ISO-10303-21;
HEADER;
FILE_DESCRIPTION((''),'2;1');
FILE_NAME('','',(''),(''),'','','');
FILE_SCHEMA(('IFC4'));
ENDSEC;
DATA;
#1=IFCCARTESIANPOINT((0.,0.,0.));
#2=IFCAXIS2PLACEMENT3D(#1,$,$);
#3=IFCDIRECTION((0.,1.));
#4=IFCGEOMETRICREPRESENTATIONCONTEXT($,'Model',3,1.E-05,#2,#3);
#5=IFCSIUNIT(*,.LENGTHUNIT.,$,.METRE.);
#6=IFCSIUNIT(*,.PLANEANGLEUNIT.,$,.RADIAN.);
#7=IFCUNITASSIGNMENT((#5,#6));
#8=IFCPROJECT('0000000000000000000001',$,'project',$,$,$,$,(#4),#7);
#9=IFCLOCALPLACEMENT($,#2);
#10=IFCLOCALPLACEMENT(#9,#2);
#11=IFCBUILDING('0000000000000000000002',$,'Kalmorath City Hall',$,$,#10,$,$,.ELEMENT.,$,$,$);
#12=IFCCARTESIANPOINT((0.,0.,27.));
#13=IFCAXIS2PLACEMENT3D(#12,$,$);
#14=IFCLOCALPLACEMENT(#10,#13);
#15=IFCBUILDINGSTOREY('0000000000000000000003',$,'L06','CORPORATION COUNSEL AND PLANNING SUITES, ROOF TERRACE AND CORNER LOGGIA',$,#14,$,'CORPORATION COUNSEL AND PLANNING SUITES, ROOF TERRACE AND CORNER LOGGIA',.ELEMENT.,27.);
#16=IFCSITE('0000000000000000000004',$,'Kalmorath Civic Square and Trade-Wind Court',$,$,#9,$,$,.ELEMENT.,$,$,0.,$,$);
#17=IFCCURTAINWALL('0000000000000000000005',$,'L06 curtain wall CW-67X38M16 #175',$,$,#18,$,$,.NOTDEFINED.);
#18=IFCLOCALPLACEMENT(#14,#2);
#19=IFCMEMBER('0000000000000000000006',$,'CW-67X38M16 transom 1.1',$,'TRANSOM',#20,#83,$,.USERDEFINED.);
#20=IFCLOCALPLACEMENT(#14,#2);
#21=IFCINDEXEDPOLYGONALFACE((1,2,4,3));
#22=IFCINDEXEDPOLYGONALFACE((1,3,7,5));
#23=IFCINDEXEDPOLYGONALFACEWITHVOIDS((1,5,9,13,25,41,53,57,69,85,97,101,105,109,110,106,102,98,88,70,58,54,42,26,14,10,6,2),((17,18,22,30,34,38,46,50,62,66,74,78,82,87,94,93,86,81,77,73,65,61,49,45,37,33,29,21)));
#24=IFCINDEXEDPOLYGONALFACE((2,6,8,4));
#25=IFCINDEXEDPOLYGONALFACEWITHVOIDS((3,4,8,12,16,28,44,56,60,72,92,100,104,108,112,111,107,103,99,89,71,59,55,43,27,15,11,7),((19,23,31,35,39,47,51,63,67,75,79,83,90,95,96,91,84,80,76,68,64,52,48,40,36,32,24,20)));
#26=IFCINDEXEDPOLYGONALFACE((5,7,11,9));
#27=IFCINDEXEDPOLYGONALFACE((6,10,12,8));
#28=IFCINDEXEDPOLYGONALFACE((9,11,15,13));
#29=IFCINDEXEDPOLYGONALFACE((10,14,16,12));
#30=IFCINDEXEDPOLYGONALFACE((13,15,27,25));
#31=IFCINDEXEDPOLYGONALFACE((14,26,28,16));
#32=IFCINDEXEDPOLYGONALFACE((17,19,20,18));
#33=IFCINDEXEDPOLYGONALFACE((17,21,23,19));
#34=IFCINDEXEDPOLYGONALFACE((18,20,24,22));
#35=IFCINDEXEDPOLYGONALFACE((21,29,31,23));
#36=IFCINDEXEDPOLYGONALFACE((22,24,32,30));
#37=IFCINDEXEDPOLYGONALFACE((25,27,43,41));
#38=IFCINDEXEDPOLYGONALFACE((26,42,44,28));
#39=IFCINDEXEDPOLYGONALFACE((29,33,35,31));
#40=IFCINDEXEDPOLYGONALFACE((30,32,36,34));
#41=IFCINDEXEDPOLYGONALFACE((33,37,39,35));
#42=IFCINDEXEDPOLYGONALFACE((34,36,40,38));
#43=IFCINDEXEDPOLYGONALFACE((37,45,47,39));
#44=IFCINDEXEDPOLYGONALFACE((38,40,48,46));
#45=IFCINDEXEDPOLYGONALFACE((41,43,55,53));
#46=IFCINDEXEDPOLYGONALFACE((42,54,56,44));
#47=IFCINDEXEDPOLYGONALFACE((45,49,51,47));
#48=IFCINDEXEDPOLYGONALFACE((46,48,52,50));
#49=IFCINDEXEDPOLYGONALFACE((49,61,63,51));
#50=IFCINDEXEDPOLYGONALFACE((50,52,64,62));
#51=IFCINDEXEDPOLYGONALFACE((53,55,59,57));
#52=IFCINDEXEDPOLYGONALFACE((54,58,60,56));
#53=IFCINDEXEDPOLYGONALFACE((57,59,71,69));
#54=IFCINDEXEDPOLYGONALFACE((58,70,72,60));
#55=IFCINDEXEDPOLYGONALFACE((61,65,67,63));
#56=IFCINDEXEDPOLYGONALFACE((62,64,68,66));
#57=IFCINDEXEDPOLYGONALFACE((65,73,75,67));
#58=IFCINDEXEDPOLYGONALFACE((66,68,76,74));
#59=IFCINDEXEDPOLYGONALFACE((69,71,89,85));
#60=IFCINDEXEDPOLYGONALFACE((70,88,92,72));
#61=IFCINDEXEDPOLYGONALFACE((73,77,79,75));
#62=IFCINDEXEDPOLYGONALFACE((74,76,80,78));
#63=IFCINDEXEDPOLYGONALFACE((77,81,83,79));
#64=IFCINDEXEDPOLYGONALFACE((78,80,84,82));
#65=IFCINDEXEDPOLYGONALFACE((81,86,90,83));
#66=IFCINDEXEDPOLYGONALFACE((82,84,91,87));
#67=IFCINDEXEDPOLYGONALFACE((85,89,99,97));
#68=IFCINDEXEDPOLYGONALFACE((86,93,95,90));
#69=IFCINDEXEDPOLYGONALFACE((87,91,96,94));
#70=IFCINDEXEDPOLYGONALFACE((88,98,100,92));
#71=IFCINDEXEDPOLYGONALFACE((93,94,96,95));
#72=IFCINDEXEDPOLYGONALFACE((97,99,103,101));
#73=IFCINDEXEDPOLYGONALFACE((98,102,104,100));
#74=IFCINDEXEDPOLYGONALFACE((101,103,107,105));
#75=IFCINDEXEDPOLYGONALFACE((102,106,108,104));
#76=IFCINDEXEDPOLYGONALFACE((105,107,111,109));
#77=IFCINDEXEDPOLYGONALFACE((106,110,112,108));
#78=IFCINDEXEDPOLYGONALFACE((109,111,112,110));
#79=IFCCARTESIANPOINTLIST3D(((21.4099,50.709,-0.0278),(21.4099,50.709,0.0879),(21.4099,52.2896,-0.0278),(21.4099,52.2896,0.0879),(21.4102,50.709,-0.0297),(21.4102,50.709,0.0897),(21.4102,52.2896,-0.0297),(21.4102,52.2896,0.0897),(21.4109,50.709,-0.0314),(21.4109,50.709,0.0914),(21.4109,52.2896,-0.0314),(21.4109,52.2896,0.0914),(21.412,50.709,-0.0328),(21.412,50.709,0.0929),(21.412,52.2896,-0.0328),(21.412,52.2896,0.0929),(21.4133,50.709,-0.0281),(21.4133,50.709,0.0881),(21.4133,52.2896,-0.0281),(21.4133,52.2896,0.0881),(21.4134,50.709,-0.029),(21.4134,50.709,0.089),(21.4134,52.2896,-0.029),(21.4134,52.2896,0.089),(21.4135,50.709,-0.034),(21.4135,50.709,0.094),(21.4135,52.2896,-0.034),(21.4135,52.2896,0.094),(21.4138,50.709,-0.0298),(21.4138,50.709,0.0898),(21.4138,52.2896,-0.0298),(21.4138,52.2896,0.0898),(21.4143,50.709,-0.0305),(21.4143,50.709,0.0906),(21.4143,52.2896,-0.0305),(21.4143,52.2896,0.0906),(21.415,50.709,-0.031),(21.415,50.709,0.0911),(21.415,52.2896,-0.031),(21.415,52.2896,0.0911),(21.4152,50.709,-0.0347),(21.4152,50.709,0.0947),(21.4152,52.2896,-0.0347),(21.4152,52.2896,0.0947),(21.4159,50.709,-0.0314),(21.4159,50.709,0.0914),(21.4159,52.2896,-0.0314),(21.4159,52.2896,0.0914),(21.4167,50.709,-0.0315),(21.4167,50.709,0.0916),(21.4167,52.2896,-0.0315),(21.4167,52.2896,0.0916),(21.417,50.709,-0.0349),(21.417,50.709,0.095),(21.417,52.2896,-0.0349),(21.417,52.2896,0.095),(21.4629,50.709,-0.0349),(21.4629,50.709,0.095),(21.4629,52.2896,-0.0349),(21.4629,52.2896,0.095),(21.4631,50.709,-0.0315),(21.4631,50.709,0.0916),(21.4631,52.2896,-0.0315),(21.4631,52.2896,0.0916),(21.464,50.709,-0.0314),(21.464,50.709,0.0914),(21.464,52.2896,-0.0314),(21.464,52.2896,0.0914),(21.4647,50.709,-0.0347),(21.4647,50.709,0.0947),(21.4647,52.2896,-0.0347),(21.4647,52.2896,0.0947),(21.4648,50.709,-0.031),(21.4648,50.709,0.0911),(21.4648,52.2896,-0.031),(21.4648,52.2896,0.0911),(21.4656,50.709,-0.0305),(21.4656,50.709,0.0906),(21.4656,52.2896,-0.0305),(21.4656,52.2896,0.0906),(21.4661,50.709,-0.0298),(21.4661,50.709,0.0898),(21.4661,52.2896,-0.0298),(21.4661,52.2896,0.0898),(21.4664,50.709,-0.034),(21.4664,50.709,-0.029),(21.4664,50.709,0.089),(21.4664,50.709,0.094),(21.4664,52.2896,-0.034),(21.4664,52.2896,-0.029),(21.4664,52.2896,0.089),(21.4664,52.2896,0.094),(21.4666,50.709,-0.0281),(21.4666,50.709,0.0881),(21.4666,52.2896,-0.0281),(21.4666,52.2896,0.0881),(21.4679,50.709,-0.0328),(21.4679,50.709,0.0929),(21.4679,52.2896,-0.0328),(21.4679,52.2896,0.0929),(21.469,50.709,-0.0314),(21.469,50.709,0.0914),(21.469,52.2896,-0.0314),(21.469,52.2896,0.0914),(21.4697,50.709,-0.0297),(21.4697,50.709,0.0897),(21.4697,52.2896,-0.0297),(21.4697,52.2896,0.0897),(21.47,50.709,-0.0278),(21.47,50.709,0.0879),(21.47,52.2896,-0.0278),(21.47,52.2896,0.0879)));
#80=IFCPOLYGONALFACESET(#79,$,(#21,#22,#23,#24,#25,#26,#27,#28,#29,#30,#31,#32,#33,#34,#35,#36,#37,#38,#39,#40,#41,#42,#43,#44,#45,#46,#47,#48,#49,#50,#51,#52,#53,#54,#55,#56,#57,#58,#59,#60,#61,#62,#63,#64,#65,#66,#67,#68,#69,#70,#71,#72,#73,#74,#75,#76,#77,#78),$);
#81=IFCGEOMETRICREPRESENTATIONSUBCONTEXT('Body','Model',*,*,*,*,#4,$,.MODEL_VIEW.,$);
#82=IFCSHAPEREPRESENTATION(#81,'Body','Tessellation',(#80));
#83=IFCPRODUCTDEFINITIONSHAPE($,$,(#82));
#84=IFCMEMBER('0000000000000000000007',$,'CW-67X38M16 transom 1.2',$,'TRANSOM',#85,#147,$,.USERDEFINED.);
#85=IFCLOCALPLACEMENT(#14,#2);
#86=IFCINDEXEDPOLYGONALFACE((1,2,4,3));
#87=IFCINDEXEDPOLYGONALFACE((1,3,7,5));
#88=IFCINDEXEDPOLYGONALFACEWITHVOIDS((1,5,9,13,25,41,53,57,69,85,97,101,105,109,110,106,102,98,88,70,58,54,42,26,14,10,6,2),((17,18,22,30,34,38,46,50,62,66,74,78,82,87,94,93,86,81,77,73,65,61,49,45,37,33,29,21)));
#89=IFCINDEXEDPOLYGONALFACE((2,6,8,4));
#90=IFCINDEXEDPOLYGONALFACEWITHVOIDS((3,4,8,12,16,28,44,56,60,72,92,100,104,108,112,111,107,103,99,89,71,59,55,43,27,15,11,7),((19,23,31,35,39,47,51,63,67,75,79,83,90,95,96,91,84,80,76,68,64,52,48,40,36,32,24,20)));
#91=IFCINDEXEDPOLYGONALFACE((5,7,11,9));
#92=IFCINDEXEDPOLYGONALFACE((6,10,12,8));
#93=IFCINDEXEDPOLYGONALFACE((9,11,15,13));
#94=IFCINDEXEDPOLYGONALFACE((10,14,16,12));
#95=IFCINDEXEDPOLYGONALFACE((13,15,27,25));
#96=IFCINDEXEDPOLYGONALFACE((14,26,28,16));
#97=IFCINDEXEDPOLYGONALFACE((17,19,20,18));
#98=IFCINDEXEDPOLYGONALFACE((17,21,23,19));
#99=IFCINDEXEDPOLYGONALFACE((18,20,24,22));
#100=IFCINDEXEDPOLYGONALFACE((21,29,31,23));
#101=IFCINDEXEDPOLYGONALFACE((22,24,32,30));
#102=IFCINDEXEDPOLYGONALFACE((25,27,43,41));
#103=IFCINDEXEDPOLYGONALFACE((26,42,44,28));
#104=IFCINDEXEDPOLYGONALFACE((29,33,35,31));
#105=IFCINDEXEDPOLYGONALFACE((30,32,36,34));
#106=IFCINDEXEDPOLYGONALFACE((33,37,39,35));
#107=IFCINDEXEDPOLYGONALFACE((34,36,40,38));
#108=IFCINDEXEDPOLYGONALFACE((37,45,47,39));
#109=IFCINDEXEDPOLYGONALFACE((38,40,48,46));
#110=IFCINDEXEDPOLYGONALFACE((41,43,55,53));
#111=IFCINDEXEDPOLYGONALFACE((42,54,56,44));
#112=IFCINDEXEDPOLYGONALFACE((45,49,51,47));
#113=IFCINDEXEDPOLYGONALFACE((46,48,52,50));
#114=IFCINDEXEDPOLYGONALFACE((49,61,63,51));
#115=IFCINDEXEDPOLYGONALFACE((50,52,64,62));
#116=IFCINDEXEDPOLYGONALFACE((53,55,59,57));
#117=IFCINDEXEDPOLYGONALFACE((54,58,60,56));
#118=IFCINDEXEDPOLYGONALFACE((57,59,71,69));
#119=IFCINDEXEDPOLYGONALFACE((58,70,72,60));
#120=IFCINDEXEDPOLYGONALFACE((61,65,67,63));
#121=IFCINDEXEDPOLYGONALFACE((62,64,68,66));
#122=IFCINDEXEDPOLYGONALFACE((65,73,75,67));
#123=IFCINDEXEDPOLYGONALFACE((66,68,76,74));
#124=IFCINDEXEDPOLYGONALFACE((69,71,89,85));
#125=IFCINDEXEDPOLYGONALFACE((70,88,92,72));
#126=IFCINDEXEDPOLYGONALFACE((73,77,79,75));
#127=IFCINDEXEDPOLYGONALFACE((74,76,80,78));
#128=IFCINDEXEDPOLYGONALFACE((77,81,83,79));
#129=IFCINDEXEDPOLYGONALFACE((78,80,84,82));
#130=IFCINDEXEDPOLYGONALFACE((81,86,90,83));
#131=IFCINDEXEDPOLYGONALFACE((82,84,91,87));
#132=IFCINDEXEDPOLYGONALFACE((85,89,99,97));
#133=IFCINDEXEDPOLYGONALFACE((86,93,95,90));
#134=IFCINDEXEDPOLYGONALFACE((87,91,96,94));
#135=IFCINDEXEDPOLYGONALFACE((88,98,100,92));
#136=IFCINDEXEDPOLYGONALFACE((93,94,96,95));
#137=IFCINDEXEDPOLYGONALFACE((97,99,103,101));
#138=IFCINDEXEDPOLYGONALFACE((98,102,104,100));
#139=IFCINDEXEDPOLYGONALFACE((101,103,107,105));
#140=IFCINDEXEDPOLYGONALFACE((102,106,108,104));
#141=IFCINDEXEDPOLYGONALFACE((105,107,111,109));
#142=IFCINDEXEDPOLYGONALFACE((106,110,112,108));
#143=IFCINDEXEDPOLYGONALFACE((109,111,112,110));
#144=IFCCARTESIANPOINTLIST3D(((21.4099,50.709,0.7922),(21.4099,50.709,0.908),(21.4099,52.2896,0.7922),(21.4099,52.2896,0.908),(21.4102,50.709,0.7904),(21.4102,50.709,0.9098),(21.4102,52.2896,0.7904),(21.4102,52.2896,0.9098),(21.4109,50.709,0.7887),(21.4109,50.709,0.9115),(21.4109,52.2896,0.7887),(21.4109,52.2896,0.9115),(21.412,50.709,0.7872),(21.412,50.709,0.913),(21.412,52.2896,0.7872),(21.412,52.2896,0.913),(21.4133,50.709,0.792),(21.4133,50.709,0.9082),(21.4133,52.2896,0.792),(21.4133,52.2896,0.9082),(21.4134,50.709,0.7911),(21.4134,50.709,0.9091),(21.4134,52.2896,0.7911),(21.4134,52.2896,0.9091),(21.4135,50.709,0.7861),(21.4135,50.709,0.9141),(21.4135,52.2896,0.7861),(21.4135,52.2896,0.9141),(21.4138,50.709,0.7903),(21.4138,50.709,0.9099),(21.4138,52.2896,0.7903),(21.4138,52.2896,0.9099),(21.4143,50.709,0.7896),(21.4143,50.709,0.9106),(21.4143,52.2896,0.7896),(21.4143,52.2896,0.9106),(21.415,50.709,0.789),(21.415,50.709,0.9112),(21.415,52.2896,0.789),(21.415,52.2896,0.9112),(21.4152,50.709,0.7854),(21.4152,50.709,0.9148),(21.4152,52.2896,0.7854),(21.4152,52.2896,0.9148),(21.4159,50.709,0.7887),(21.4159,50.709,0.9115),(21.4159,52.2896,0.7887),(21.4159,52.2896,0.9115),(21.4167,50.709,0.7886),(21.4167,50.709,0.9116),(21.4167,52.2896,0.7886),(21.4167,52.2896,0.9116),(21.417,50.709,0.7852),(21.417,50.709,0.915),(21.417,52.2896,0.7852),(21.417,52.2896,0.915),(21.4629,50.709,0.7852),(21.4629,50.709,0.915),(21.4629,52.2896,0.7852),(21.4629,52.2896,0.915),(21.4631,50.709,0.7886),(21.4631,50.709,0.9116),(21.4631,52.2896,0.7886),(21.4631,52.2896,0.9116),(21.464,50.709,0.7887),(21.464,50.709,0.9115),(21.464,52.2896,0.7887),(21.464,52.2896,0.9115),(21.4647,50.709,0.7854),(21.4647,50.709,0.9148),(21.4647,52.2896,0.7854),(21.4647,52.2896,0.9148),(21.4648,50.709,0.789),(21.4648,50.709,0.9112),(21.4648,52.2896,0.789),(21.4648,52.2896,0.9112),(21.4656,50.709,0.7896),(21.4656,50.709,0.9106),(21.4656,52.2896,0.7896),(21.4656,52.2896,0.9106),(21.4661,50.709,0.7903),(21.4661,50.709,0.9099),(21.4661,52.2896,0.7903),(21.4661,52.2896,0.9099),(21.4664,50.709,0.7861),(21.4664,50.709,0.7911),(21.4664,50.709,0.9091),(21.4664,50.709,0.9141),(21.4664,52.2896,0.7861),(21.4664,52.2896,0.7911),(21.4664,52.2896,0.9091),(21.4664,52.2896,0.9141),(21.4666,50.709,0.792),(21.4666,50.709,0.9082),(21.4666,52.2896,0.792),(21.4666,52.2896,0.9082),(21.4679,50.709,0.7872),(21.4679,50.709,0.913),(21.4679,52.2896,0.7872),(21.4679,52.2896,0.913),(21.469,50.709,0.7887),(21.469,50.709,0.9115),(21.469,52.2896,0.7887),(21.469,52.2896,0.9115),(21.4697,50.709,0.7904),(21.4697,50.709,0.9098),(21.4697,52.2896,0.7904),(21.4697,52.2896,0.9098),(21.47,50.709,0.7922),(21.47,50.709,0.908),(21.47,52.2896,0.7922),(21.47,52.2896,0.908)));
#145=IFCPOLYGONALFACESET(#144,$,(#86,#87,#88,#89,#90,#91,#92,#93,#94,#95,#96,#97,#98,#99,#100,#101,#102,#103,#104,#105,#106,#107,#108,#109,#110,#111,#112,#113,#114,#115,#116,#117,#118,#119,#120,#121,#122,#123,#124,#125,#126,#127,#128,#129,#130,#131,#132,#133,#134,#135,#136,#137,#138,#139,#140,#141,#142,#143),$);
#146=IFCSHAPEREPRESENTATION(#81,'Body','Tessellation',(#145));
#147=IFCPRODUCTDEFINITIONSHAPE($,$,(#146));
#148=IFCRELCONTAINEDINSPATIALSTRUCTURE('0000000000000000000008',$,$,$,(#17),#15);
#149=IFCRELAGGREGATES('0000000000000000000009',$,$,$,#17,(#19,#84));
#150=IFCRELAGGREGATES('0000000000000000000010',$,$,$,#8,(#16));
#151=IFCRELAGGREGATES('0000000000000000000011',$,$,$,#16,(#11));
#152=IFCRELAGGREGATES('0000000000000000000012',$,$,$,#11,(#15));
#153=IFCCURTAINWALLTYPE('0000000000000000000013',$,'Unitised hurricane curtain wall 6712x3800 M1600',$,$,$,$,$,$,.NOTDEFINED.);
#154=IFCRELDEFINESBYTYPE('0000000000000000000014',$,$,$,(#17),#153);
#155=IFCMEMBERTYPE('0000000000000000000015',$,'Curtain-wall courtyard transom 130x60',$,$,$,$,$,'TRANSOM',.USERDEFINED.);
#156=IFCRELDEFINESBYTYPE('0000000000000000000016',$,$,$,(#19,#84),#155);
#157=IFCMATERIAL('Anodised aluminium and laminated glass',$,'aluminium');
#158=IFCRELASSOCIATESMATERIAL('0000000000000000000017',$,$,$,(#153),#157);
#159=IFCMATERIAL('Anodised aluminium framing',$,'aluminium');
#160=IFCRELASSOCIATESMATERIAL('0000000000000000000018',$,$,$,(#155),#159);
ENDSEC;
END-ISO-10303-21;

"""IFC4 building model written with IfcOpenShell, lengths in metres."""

from ifc_helpers import new_model, si_unit, direction, frame, origin, origin_2d, place, context, subcontext, project, spatial, hollow_rectangle, extrude, material, material_profile, profile_set, type_object, element, aggregate, save


model = new_model("IFC4")

# Units and contexts
model_context = context("Model", 3, precision=1e-05, world=origin(), true_north=direction((0.0, 1.0)))
body_context = subcontext(model_context, "Body", "Model", "MODEL_VIEW")
ifc_project = project(units=[si_unit("LENGTHUNIT", "METRE"), si_unit("PLANEANGLEUNIT", "RADIAN")], contexts=[model_context])

# Site, building, storey
site_placement = place(None, origin())
site = spatial("IfcSite", under=ifc_project, at=site_placement, Name="Kalmorath Civic Square and Trade-Wind Court", CompositionType="ELEMENT", RefElevation=0.0)
building_placement = place(site_placement, origin())
building = spatial("IfcBuilding", under=site, at=building_placement, Name="Kalmorath City Hall", CompositionType="ELEMENT")
storey_placement = place(building_placement, frame((0.0, 0.0, 27.0)))
storey = spatial("IfcBuildingStorey", under=building, at=storey_placement, Name="L06", Description="CORPORATION COUNSEL AND PLANNING SUITES, ROOF TERRACE AND CORNER LOGGIA", LongName="CORPORATION COUNSEL AND PLANNING SUITES, ROOF TERRACE AND CORNER LOGGIA", CompositionType="ELEMENT", Elevation=27.0)

# Curtain wall
ifc_material_1 = material(Name="Anodised aluminium and laminated glass", Category="aluminium")
curtain_wall_type_1 = type_object("IfcCurtainWallType", Name="Unitised hurricane curtain wall 6712x3800 M1600", PredefinedType="NOTDEFINED", material=ifc_material_1)
curtain_wall_1_placement = place(storey_placement, origin())
curtain_wall_1 = element("IfcCurtainWall", 1, at=curtain_wall_1_placement, inside=storey, type_object=curtain_wall_type_1, Name="L06 curtain wall CW-67X38M16 #175", PredefinedType="NOTDEFINED")

# Members
ifc_material_2 = material(Name="Anodised aluminium framing", Category="aluminium")
ifc_material_profile_1 = material_profile(ifc_material_2, hollow_rectangle(XDim=0.0601, YDim=0.1299, WallThickness=0.0034, InnerFilletRadius=0.0034, OuterFilletRadius=0.0071, at=origin_2d()), Name="ALU-TRN-130X60X3.5")
ifc_profile_set_1 = profile_set([ifc_material_profile_1], Name="Anodised aluminium framing")
member_type_1 = type_object("IfcMemberType", Name="Curtain-wall courtyard transom 130x60", ElementType="TRANSOM", PredefinedType="USERDEFINED", material=ifc_profile_set_1)
member_1_placement = place(storey_placement, frame((21.4399, 50.709, 0.03), z_axis=(0.0, 1.0, 0.0), x_axis=(-1.0, 0.0, 0.0)))
member_1 = element("IfcMember", 2, at=member_1_placement, type_object=member_type_1, Name="CW-67X38M16 transom 1.1", ObjectType="TRANSOM", PredefinedType="USERDEFINED", context=body_context, shape_type="SweptSolid", body=[
    extrude(hollow_rectangle(XDim=0.0601, YDim=0.1299, WallThickness=0.0034, InnerFilletRadius=0.0034, OuterFilletRadius=0.0071, at=origin_2d()), origin(), (0.0, 0.0, 1.0), 1.5806),
])
member_2_placement = place(storey_placement, frame((21.4399, 50.709, 0.8501), z_axis=(0.0, 1.0, 0.0), x_axis=(-1.0, 0.0, 0.0)))
member_2 = element("IfcMember", 3, at=member_2_placement, type_object=member_type_1, Name="CW-67X38M16 transom 1.2", ObjectType="TRANSOM", PredefinedType="USERDEFINED", context=body_context, shape_type="SweptSolid", body=[
    extrude(hollow_rectangle(XDim=0.0601, YDim=0.1299, WallThickness=0.0034, InnerFilletRadius=0.0034, OuterFilletRadius=0.0071, at=origin_2d()), origin(), (0.0, 0.0, 1.0), 1.5806),
])
aggregate(curtain_wall_1, [member_1, member_2])

save(model, "model.ifc")
